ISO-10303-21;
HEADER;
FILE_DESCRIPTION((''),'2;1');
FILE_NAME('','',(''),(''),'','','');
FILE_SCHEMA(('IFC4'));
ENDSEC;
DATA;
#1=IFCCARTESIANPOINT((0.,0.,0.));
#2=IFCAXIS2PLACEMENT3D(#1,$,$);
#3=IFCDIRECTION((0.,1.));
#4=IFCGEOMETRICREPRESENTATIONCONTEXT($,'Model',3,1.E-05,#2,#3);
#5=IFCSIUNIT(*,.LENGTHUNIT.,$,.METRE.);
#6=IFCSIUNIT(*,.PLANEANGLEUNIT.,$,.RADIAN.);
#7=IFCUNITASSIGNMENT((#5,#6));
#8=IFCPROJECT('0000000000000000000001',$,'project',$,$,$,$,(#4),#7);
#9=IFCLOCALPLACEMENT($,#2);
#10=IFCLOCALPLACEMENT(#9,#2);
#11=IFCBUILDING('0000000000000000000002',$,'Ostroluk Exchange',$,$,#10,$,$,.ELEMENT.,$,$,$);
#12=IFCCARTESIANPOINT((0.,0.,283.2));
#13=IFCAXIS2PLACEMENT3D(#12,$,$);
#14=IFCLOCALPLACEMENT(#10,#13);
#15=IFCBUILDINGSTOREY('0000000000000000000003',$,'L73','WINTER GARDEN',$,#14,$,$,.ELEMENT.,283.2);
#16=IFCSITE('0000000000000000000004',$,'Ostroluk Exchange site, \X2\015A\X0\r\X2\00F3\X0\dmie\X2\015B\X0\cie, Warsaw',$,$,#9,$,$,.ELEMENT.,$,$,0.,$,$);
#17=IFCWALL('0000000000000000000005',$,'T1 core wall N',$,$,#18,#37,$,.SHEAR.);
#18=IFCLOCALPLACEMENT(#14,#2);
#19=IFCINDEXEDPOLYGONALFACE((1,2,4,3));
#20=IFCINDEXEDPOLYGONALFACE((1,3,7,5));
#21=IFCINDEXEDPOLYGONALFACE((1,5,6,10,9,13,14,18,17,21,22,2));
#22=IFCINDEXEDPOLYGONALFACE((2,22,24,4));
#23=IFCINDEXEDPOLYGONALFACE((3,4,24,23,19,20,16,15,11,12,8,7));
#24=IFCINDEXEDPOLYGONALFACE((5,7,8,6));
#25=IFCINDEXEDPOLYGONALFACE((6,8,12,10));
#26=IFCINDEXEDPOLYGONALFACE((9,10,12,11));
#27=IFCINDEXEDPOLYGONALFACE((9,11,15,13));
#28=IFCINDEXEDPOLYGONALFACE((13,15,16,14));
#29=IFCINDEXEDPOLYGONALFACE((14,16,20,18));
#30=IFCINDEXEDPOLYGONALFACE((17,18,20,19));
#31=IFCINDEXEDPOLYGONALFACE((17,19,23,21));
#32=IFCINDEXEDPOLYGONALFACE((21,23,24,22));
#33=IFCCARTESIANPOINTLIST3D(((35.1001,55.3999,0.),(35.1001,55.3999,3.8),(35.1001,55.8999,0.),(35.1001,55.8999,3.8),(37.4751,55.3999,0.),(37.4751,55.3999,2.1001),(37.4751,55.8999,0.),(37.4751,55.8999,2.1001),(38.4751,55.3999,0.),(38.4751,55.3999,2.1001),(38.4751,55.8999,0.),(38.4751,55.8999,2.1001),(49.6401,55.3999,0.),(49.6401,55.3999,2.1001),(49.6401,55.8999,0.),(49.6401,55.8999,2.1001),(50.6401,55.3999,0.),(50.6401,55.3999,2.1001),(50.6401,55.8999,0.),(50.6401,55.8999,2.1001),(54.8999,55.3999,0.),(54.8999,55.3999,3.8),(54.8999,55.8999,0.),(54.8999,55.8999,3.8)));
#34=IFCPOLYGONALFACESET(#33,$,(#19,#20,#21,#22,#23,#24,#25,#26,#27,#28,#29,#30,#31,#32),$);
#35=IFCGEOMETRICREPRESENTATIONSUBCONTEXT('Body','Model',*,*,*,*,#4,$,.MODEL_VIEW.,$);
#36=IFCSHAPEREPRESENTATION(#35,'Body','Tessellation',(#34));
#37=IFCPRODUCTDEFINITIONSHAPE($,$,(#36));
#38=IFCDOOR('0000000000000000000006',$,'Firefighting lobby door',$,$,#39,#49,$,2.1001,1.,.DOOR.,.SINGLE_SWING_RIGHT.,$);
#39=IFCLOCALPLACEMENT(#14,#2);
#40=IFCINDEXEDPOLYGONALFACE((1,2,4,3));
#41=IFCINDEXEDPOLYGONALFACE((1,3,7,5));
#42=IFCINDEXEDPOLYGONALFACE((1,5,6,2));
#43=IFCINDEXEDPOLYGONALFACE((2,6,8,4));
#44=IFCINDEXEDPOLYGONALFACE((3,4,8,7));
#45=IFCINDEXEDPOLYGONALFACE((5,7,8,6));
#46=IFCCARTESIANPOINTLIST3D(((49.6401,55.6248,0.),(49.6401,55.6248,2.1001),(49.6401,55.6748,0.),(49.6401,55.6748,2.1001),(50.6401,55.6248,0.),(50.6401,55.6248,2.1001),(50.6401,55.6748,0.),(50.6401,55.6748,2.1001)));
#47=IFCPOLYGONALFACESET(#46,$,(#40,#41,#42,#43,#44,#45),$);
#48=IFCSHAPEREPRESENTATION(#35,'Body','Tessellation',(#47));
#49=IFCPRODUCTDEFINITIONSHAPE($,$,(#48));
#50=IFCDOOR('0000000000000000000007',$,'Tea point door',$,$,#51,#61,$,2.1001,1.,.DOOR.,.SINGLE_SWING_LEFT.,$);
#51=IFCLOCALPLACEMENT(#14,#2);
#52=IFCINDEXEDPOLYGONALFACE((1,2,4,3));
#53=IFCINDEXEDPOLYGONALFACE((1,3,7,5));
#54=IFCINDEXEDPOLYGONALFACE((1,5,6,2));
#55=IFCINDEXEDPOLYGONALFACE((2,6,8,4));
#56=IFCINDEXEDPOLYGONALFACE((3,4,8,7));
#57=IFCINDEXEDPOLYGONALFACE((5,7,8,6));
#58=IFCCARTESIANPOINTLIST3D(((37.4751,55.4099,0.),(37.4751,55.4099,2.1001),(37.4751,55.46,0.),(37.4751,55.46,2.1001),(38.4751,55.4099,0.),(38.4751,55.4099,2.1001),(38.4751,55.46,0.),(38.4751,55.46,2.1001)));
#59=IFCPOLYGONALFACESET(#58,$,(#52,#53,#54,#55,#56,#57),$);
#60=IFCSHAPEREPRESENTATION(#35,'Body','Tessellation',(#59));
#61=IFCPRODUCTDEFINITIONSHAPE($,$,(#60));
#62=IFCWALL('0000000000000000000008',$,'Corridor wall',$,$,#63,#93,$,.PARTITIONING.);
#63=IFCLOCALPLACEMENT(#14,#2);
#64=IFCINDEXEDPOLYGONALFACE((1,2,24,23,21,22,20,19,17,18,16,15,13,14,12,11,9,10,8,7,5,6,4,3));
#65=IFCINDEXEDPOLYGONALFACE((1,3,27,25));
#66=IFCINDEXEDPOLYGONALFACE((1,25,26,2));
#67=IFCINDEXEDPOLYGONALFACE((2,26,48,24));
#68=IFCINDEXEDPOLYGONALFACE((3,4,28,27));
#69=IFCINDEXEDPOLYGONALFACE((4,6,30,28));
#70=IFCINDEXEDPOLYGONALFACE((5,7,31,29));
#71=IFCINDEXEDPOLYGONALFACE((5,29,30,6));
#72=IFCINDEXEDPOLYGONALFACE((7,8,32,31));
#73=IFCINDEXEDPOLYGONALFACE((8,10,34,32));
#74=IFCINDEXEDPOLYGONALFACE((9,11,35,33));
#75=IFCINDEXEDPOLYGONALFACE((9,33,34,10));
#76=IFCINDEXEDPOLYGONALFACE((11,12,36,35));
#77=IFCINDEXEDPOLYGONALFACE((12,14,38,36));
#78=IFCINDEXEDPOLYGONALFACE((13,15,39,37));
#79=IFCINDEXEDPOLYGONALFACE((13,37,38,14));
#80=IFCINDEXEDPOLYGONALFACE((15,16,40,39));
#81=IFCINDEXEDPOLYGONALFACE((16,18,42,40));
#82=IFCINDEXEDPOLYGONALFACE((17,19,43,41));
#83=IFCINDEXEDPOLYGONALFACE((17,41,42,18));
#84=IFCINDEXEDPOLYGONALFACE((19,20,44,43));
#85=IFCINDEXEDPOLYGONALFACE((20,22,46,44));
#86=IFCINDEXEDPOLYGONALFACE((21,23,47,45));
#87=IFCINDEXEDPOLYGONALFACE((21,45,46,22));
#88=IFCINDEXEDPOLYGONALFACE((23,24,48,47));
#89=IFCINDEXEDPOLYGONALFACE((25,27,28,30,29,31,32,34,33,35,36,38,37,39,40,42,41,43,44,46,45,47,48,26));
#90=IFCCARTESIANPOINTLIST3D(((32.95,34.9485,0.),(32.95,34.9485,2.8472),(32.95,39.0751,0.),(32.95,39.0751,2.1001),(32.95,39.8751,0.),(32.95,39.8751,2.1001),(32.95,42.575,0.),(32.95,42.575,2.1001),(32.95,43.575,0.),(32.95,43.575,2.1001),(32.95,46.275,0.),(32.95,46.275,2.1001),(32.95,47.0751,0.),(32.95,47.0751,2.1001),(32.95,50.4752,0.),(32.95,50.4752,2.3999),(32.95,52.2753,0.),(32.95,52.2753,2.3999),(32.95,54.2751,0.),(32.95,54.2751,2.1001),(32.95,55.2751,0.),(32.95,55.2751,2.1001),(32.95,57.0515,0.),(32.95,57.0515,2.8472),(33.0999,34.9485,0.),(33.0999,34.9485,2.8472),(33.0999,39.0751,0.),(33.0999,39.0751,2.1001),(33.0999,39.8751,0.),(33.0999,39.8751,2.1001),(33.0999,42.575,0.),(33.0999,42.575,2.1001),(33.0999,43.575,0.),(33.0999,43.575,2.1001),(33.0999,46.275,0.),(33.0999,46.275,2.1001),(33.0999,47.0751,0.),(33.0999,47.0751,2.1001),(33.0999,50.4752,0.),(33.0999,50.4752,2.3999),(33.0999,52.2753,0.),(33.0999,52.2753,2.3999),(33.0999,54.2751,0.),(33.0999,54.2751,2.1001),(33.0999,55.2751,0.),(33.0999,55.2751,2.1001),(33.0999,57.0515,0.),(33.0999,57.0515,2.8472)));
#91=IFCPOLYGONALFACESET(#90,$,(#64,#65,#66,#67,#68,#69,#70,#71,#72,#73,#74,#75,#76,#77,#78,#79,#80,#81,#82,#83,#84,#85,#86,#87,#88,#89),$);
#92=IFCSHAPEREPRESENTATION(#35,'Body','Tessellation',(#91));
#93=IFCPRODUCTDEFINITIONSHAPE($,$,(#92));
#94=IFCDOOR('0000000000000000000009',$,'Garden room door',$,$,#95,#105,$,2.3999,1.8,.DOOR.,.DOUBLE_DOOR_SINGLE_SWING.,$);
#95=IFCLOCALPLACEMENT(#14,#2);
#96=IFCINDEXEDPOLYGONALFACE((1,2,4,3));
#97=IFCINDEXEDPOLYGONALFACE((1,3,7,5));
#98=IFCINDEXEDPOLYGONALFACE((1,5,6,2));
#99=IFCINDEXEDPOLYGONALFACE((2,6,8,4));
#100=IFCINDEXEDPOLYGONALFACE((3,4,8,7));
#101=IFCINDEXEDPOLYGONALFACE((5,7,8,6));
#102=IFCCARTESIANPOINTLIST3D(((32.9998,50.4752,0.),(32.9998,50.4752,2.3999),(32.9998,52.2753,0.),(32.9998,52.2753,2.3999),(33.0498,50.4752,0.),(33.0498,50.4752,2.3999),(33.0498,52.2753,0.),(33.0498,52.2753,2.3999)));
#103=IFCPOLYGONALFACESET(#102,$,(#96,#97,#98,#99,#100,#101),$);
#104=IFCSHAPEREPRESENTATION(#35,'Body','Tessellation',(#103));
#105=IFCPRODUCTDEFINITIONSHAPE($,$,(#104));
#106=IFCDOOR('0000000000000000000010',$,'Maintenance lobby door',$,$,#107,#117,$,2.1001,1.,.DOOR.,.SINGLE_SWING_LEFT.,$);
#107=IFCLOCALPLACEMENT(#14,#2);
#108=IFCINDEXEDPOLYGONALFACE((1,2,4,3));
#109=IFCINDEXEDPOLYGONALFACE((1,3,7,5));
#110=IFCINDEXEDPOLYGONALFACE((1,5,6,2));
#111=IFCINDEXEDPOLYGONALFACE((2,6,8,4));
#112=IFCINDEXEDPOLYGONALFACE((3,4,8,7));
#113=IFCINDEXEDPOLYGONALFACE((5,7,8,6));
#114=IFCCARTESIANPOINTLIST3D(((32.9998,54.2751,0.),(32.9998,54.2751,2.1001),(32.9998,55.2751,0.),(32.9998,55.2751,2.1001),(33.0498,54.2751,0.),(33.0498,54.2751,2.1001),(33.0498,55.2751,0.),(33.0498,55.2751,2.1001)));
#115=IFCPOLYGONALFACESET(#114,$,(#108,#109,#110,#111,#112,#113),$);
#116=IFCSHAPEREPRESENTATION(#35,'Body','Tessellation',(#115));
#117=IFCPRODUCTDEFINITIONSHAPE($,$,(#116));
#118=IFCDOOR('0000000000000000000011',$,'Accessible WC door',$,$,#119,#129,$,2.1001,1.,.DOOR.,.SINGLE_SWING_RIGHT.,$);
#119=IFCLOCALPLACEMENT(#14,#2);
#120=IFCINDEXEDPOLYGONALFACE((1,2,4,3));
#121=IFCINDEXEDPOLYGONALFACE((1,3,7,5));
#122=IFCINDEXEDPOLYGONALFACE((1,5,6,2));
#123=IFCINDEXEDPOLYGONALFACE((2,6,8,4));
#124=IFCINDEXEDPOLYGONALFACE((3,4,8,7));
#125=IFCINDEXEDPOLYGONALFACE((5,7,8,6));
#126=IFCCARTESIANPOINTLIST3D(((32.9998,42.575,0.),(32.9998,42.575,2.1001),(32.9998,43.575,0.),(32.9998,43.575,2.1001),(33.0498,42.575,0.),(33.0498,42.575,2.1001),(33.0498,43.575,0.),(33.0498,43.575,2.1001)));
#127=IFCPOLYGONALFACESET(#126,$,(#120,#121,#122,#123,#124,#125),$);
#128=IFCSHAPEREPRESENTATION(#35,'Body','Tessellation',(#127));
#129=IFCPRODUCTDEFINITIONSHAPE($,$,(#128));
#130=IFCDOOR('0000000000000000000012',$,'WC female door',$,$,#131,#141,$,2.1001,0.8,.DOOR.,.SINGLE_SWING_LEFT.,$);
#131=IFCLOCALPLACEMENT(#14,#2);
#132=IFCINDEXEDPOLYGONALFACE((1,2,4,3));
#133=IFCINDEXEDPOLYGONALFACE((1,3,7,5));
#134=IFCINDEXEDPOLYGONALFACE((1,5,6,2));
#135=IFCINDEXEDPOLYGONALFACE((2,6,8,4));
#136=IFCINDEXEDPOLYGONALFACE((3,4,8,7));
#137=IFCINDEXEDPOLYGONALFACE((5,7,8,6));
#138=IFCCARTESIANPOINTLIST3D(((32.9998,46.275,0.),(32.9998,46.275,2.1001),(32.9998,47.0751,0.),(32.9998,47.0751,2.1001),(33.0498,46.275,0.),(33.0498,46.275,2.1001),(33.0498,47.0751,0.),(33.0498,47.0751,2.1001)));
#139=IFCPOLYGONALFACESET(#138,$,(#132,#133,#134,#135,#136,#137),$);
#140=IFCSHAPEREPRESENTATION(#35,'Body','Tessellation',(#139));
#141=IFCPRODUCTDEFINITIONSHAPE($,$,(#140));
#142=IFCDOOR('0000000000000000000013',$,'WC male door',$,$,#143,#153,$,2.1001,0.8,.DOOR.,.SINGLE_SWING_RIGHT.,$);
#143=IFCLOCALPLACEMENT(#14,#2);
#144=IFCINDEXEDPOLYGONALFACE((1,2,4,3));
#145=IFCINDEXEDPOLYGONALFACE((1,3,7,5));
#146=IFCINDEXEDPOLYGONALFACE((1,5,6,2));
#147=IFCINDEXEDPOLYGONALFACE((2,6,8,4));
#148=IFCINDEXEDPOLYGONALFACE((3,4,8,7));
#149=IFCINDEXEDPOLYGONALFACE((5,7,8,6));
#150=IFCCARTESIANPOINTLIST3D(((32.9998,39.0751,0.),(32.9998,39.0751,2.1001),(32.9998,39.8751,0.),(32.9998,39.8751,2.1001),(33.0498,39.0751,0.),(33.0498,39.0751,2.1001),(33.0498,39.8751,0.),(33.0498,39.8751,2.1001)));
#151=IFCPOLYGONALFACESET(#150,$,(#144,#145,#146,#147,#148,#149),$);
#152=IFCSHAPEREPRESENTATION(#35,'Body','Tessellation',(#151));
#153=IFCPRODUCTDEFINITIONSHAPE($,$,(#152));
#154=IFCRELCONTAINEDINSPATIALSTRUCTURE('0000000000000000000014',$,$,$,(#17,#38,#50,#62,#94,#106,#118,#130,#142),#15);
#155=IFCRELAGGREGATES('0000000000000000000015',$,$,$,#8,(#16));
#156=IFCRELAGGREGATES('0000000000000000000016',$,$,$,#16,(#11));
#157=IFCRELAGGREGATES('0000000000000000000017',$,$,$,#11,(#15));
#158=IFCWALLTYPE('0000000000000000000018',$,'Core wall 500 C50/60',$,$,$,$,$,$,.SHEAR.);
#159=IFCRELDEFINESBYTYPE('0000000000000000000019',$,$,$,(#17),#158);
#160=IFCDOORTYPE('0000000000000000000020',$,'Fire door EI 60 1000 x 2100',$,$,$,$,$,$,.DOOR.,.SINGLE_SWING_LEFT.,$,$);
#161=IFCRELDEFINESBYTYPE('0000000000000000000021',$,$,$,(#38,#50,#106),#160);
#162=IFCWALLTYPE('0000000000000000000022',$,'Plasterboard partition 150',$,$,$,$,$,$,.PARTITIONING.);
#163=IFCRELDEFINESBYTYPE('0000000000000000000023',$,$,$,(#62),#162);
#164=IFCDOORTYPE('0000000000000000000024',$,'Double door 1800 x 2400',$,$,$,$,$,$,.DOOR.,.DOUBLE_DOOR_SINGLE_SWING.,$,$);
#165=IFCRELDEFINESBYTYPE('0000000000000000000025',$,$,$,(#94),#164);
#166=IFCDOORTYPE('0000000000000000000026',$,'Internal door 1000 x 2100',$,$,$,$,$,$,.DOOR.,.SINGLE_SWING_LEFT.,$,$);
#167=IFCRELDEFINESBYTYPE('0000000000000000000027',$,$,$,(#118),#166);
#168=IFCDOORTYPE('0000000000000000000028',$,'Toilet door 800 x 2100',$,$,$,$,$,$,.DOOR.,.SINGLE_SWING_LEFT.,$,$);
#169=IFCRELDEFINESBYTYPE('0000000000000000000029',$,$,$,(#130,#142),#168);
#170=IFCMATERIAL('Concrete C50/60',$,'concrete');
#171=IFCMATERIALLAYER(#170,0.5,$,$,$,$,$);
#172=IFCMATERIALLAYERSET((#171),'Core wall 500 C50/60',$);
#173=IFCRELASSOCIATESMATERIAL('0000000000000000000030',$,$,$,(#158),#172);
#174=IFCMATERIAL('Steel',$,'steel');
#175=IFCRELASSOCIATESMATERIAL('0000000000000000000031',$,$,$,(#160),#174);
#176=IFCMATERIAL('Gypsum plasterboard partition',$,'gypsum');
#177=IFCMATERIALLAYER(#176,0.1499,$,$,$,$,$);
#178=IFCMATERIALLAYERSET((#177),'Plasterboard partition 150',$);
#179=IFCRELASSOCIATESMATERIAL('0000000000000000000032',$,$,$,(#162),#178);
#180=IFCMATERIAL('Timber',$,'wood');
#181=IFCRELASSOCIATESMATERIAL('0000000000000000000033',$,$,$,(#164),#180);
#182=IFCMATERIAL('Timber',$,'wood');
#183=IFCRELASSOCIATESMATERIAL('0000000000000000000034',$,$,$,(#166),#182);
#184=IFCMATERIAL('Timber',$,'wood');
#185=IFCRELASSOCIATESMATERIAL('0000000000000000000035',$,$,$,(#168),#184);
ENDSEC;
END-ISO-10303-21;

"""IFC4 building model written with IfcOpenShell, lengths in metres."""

from ifc_helpers import new_model, si_unit, direction, frame, frame_2d, origin, place, context, subcontext, project, spatial, rectangle, extrude, material, layer, layer_set, type_object, element, fill, save


model = new_model("IFC4")

# Units and contexts
model_context = context("Model", 3, precision=1e-05, world=origin(), true_north=direction((0.0, 1.0)))
body_context = subcontext(model_context, "Body", "Model", "MODEL_VIEW")
ifc_project = project(units=[si_unit("LENGTHUNIT", "METRE"), si_unit("PLANEANGLEUNIT", "RADIAN")], contexts=[model_context])

# Site, building, storey
site_placement = place(None, origin())
site = spatial("IfcSite", under=ifc_project, at=site_placement, Name="Ostroluk Exchange site, Śródmieście, Warsaw", CompositionType="ELEMENT", RefElevation=0.0)
building_placement = place(site_placement, origin())
building = spatial("IfcBuilding", under=site, at=building_placement, Name="Ostroluk Exchange", CompositionType="ELEMENT")
storey_placement = place(building_placement, frame((0.0, 0.0, 283.2)))
storey = spatial("IfcBuildingStorey", under=building, at=storey_placement, Name="L73", Description="WINTER GARDEN", CompositionType="ELEMENT", Elevation=283.2)

# Walls, openings, doors
ifc_material_1 = material(Name="Concrete C50/60", Category="concrete")
ifc_layer_1 = layer(ifc_material_1, 0.5)
ifc_layer_set_1 = layer_set([ifc_layer_1], Name="Core wall 500 C50/60")
wall_type_1 = type_object("IfcWallType", Name="Core wall 500 C50/60", PredefinedType="SHEAR", material=ifc_layer_set_1)
wall_1_placement = place(storey_placement, frame((35.1001, 55.6499, 0.0), z_axis=(0.0, 0.0, 1.0), x_axis=(1.0, 0.0, 0.0)))
wall_1 = element("IfcWall", 1, at=wall_1_placement, inside=storey, type_object=wall_type_1, Name="T1 core wall N", PredefinedType="SHEAR", context=body_context, shape_type="SweptSolid", body=[
    extrude(rectangle(XDim=19.7998, YDim=0.5, at=frame_2d((9.8999, 0.0))), origin(), (0.0, 0.0, 1.0), 3.8),
])
opening_1_placement = place(wall_1_placement, frame((14.54, 0.0, 0.0)))
opening_1 = element("IfcOpeningElement", 2, at=opening_1_placement, cuts=wall_1, PredefinedType="OPENING", context=body_context, shape_type="SweptSolid", body=[
    extrude(rectangle(XDim=1.0, YDim=2.1001, at=frame_2d((0.5, 1.05))), frame((0.0, 0.26, 0.0), z_axis=(0.0, -1.0, 0.0), x_axis=(1.0, 0.0, 0.0)), (0.0, 0.0, 1.0), 0.52),
])
opening_2_placement = place(wall_1_placement, frame((2.375, 0.0, 0.0)))
opening_2 = element("IfcOpeningElement", 3, at=opening_2_placement, cuts=wall_1, PredefinedType="OPENING", context=body_context, shape_type="SweptSolid", body=[
    extrude(rectangle(XDim=1.0, YDim=2.1001, at=frame_2d((0.5, 1.05))), frame((0.0, 0.26, 0.0), z_axis=(0.0, -1.0, 0.0), x_axis=(1.0, 0.0, 0.0)), (0.0, 0.0, 1.0), 0.52),
])
ifc_material_2 = material(Name="Steel", Category="steel")
door_type_1 = type_object("IfcDoorType", Name="Fire door EI 60 1000 x 2100", OperationType="SINGLE_SWING_LEFT", PredefinedType="DOOR", material=ifc_material_2)
door_1_placement = place(opening_1_placement, origin())
door_1 = element("IfcDoor", 4, at=door_1_placement, inside=storey, type_object=door_type_1, Name="Firefighting lobby door", OperationType="SINGLE_SWING_RIGHT", OverallHeight=2.1001, OverallWidth=1.0, PredefinedType="DOOR", context=body_context, shape_type="SweptSolid", body=[
    extrude(rectangle(XDim=1.0, YDim=2.1001, at=frame_2d((0.5, 1.05))), frame((0.0, 0.0249, 0.0), z_axis=(0.0, -1.0, 0.0), x_axis=(1.0, 0.0, 0.0)), (0.0, 0.0, 1.0), 0.05),
])
fill(opening_1, door_1)
door_2_placement = place(opening_2_placement, origin())
door_2 = element("IfcDoor", 5, at=door_2_placement, inside=storey, type_object=door_type_1, Name="Tea point door", OperationType="SINGLE_SWING_LEFT", OverallHeight=2.1001, OverallWidth=1.0, PredefinedType="DOOR", context=body_context, shape_type="SweptSolid", body=[
    extrude(rectangle(XDim=1.0, YDim=2.1001, at=frame_2d((0.5, 1.05))), frame((0.0, -0.1899, 0.0), z_axis=(0.0, -1.0, 0.0), x_axis=(1.0, 0.0, 0.0)), (0.0, 0.0, 1.0), 0.05),
])
fill(opening_2, door_2)
ifc_material_3 = material(Name="Gypsum plasterboard partition", Category="gypsum")
ifc_layer_2 = layer(ifc_material_3, 0.1499)
ifc_layer_set_2 = layer_set([ifc_layer_2], Name="Plasterboard partition 150")
wall_type_2 = type_object("IfcWallType", Name="Plasterboard partition 150", PredefinedType="PARTITIONING", material=ifc_layer_set_2)
wall_2_placement = place(storey_placement, frame((33.0249, 57.0515, 0.0), z_axis=(0.0, 0.0, 1.0), x_axis=(0.0, -1.0, 0.0)))
wall_2 = element("IfcWall", 6, at=wall_2_placement, inside=storey, type_object=wall_type_2, Name="Corridor wall", PredefinedType="PARTITIONING", context=body_context, shape_type="SweptSolid", body=[
    extrude(rectangle(XDim=22.103, YDim=0.1499, at=frame_2d((11.0515, 0.0))), origin(), (0.0, 0.0, 1.0), 2.8472),
])
opening_3_placement = place(wall_2_placement, frame((9.9766, 0.0, 0.0)))
opening_3 = element("IfcOpeningElement", 7, at=opening_3_placement, cuts=wall_2, PredefinedType="OPENING", context=body_context, shape_type="SweptSolid", body=[
    extrude(rectangle(XDim=0.8, YDim=2.1001, at=frame_2d((0.3999, 1.05))), frame((0.0, 0.085, 0.0), z_axis=(0.0, -1.0, 0.0), x_axis=(1.0, 0.0, 0.0)), (0.0, 0.0, 1.0), 0.1699),
])
opening_4_placement = place(wall_2_placement, frame((13.4766, 0.0, 0.0)))
opening_4 = element("IfcOpeningElement", 8, at=opening_4_placement, cuts=wall_2, PredefinedType="OPENING", context=body_context, shape_type="SweptSolid", body=[
    extrude(rectangle(XDim=1.0, YDim=2.1001, at=frame_2d((0.5, 1.05))), frame((0.0, 0.085, 0.0), z_axis=(0.0, -1.0, 0.0), x_axis=(1.0, 0.0, 0.0)), (0.0, 0.0, 1.0), 0.1699),
])
opening_5_placement = place(wall_2_placement, frame((17.1765, 0.0, 0.0)))
opening_5 = element("IfcOpeningElement", 9, at=opening_5_placement, cuts=wall_2, PredefinedType="OPENING", context=body_context, shape_type="SweptSolid", body=[
    extrude(rectangle(XDim=0.8, YDim=2.1001, at=frame_2d((0.3999, 1.05))), frame((0.0, 0.085, 0.0), z_axis=(0.0, -1.0, 0.0), x_axis=(1.0, 0.0, 0.0)), (0.0, 0.0, 1.0), 0.1699),
])
opening_6_placement = place(wall_2_placement, frame((1.7764, 0.0, 0.0)))
opening_6 = element("IfcOpeningElement", 10, at=opening_6_placement, cuts=wall_2, PredefinedType="OPENING", context=body_context, shape_type="SweptSolid", body=[
    extrude(rectangle(XDim=1.0, YDim=2.1001, at=frame_2d((0.5, 1.05))), frame((0.0, 0.085, 0.0), z_axis=(0.0, -1.0, 0.0), x_axis=(1.0, 0.0, 0.0)), (0.0, 0.0, 1.0), 0.1699),
])
opening_7_placement = place(wall_2_placement, frame((4.7764, 0.0, 0.0)))
opening_7 = element("IfcOpeningElement", 11, at=opening_7_placement, cuts=wall_2, PredefinedType="OPENING", context=body_context, shape_type="SweptSolid", body=[
    extrude(rectangle(XDim=1.8, YDim=2.3999, at=frame_2d((0.8999, 1.2))), frame((0.0, 0.085, 0.0), z_axis=(0.0, -1.0, 0.0), x_axis=(1.0, 0.0, 0.0)), (0.0, 0.0, 1.0), 0.1699),
])
ifc_material_4 = material(Name="Timber", Category="wood")
door_type_2 = type_object("IfcDoorType", Name="Double door 1800 x 2400", OperationType="DOUBLE_DOOR_SINGLE_SWING", PredefinedType="DOOR", material=ifc_material_4)
door_3_placement = place(opening_7_placement, origin())
door_3 = element("IfcDoor", 12, at=door_3_placement, inside=storey, type_object=door_type_2, Name="Garden room door", OperationType="DOUBLE_DOOR_SINGLE_SWING", OverallHeight=2.3999, OverallWidth=1.8, PredefinedType="DOOR", context=body_context, shape_type="SweptSolid", body=[
    extrude(rectangle(XDim=1.8, YDim=2.3999, at=frame_2d((0.8999, 1.2))), frame((0.0, 0.0249, 0.0), z_axis=(0.0, -1.0, 0.0), x_axis=(1.0, 0.0, 0.0)), (0.0, 0.0, 1.0), 0.05),
])
fill(opening_7, door_3)
door_4_placement = place(opening_6_placement, origin())
door_4 = element("IfcDoor", 13, at=door_4_placement, inside=storey, type_object=door_type_1, Name="Maintenance lobby door", OperationType="SINGLE_SWING_LEFT", OverallHeight=2.1001, OverallWidth=1.0, PredefinedType="DOOR", context=body_context, shape_type="SweptSolid", body=[
    extrude(rectangle(XDim=1.0, YDim=2.1001, at=frame_2d((0.5, 1.05))), frame((0.0, 0.0249, 0.0), z_axis=(0.0, -1.0, 0.0), x_axis=(1.0, 0.0, 0.0)), (0.0, 0.0, 1.0), 0.05),
])
fill(opening_6, door_4)
ifc_material_5 = material(Name="Timber", Category="wood")
door_type_3 = type_object("IfcDoorType", Name="Internal door 1000 x 2100", OperationType="SINGLE_SWING_LEFT", PredefinedType="DOOR", material=ifc_material_5)
door_5_placement = place(opening_4_placement, origin())
door_5 = element("IfcDoor", 14, at=door_5_placement, inside=storey, type_object=door_type_3, Name="Accessible WC door", OperationType="SINGLE_SWING_RIGHT", OverallHeight=2.1001, OverallWidth=1.0, PredefinedType="DOOR", context=body_context, shape_type="SweptSolid", body=[
    extrude(rectangle(XDim=1.0, YDim=2.1001, at=frame_2d((0.5, 1.05))), frame((0.0, 0.0249, 0.0), z_axis=(0.0, -1.0, 0.0), x_axis=(1.0, 0.0, 0.0)), (0.0, 0.0, 1.0), 0.05),
])
fill(opening_4, door_5)
ifc_material_6 = material(Name="Timber", Category="wood")
door_type_4 = type_object("IfcDoorType", Name="Toilet door 800 x 2100", OperationType="SINGLE_SWING_LEFT", PredefinedType="DOOR", material=ifc_material_6)
door_6_placement = place(opening_3_placement, origin())
door_6 = element("IfcDoor", 15, at=door_6_placement, inside=storey, type_object=door_type_4, Name="WC female door", OperationType="SINGLE_SWING_LEFT", OverallHeight=2.1001, OverallWidth=0.8, PredefinedType="DOOR", context=body_context, shape_type="SweptSolid", body=[
    extrude(rectangle(XDim=0.8, YDim=2.1001, at=frame_2d((0.3999, 1.05))), frame((0.0, 0.0249, 0.0), z_axis=(0.0, -1.0, 0.0), x_axis=(1.0, 0.0, 0.0)), (0.0, 0.0, 1.0), 0.05),
])
fill(opening_3, door_6)
door_7_placement = place(opening_5_placement, origin())
door_7 = element("IfcDoor", 16, at=door_7_placement, inside=storey, type_object=door_type_4, Name="WC male door", OperationType="SINGLE_SWING_RIGHT", OverallHeight=2.1001, OverallWidth=0.8, PredefinedType="DOOR", context=body_context, shape_type="SweptSolid", body=[
    extrude(rectangle(XDim=0.8, YDim=2.1001, at=frame_2d((0.3999, 1.05))), frame((0.0, 0.0249, 0.0), z_axis=(0.0, -1.0, 0.0), x_axis=(1.0, 0.0, 0.0)), (0.0, 0.0, 1.0), 0.05),
])
fill(opening_5, door_7)

save(model, "model.ifc")
